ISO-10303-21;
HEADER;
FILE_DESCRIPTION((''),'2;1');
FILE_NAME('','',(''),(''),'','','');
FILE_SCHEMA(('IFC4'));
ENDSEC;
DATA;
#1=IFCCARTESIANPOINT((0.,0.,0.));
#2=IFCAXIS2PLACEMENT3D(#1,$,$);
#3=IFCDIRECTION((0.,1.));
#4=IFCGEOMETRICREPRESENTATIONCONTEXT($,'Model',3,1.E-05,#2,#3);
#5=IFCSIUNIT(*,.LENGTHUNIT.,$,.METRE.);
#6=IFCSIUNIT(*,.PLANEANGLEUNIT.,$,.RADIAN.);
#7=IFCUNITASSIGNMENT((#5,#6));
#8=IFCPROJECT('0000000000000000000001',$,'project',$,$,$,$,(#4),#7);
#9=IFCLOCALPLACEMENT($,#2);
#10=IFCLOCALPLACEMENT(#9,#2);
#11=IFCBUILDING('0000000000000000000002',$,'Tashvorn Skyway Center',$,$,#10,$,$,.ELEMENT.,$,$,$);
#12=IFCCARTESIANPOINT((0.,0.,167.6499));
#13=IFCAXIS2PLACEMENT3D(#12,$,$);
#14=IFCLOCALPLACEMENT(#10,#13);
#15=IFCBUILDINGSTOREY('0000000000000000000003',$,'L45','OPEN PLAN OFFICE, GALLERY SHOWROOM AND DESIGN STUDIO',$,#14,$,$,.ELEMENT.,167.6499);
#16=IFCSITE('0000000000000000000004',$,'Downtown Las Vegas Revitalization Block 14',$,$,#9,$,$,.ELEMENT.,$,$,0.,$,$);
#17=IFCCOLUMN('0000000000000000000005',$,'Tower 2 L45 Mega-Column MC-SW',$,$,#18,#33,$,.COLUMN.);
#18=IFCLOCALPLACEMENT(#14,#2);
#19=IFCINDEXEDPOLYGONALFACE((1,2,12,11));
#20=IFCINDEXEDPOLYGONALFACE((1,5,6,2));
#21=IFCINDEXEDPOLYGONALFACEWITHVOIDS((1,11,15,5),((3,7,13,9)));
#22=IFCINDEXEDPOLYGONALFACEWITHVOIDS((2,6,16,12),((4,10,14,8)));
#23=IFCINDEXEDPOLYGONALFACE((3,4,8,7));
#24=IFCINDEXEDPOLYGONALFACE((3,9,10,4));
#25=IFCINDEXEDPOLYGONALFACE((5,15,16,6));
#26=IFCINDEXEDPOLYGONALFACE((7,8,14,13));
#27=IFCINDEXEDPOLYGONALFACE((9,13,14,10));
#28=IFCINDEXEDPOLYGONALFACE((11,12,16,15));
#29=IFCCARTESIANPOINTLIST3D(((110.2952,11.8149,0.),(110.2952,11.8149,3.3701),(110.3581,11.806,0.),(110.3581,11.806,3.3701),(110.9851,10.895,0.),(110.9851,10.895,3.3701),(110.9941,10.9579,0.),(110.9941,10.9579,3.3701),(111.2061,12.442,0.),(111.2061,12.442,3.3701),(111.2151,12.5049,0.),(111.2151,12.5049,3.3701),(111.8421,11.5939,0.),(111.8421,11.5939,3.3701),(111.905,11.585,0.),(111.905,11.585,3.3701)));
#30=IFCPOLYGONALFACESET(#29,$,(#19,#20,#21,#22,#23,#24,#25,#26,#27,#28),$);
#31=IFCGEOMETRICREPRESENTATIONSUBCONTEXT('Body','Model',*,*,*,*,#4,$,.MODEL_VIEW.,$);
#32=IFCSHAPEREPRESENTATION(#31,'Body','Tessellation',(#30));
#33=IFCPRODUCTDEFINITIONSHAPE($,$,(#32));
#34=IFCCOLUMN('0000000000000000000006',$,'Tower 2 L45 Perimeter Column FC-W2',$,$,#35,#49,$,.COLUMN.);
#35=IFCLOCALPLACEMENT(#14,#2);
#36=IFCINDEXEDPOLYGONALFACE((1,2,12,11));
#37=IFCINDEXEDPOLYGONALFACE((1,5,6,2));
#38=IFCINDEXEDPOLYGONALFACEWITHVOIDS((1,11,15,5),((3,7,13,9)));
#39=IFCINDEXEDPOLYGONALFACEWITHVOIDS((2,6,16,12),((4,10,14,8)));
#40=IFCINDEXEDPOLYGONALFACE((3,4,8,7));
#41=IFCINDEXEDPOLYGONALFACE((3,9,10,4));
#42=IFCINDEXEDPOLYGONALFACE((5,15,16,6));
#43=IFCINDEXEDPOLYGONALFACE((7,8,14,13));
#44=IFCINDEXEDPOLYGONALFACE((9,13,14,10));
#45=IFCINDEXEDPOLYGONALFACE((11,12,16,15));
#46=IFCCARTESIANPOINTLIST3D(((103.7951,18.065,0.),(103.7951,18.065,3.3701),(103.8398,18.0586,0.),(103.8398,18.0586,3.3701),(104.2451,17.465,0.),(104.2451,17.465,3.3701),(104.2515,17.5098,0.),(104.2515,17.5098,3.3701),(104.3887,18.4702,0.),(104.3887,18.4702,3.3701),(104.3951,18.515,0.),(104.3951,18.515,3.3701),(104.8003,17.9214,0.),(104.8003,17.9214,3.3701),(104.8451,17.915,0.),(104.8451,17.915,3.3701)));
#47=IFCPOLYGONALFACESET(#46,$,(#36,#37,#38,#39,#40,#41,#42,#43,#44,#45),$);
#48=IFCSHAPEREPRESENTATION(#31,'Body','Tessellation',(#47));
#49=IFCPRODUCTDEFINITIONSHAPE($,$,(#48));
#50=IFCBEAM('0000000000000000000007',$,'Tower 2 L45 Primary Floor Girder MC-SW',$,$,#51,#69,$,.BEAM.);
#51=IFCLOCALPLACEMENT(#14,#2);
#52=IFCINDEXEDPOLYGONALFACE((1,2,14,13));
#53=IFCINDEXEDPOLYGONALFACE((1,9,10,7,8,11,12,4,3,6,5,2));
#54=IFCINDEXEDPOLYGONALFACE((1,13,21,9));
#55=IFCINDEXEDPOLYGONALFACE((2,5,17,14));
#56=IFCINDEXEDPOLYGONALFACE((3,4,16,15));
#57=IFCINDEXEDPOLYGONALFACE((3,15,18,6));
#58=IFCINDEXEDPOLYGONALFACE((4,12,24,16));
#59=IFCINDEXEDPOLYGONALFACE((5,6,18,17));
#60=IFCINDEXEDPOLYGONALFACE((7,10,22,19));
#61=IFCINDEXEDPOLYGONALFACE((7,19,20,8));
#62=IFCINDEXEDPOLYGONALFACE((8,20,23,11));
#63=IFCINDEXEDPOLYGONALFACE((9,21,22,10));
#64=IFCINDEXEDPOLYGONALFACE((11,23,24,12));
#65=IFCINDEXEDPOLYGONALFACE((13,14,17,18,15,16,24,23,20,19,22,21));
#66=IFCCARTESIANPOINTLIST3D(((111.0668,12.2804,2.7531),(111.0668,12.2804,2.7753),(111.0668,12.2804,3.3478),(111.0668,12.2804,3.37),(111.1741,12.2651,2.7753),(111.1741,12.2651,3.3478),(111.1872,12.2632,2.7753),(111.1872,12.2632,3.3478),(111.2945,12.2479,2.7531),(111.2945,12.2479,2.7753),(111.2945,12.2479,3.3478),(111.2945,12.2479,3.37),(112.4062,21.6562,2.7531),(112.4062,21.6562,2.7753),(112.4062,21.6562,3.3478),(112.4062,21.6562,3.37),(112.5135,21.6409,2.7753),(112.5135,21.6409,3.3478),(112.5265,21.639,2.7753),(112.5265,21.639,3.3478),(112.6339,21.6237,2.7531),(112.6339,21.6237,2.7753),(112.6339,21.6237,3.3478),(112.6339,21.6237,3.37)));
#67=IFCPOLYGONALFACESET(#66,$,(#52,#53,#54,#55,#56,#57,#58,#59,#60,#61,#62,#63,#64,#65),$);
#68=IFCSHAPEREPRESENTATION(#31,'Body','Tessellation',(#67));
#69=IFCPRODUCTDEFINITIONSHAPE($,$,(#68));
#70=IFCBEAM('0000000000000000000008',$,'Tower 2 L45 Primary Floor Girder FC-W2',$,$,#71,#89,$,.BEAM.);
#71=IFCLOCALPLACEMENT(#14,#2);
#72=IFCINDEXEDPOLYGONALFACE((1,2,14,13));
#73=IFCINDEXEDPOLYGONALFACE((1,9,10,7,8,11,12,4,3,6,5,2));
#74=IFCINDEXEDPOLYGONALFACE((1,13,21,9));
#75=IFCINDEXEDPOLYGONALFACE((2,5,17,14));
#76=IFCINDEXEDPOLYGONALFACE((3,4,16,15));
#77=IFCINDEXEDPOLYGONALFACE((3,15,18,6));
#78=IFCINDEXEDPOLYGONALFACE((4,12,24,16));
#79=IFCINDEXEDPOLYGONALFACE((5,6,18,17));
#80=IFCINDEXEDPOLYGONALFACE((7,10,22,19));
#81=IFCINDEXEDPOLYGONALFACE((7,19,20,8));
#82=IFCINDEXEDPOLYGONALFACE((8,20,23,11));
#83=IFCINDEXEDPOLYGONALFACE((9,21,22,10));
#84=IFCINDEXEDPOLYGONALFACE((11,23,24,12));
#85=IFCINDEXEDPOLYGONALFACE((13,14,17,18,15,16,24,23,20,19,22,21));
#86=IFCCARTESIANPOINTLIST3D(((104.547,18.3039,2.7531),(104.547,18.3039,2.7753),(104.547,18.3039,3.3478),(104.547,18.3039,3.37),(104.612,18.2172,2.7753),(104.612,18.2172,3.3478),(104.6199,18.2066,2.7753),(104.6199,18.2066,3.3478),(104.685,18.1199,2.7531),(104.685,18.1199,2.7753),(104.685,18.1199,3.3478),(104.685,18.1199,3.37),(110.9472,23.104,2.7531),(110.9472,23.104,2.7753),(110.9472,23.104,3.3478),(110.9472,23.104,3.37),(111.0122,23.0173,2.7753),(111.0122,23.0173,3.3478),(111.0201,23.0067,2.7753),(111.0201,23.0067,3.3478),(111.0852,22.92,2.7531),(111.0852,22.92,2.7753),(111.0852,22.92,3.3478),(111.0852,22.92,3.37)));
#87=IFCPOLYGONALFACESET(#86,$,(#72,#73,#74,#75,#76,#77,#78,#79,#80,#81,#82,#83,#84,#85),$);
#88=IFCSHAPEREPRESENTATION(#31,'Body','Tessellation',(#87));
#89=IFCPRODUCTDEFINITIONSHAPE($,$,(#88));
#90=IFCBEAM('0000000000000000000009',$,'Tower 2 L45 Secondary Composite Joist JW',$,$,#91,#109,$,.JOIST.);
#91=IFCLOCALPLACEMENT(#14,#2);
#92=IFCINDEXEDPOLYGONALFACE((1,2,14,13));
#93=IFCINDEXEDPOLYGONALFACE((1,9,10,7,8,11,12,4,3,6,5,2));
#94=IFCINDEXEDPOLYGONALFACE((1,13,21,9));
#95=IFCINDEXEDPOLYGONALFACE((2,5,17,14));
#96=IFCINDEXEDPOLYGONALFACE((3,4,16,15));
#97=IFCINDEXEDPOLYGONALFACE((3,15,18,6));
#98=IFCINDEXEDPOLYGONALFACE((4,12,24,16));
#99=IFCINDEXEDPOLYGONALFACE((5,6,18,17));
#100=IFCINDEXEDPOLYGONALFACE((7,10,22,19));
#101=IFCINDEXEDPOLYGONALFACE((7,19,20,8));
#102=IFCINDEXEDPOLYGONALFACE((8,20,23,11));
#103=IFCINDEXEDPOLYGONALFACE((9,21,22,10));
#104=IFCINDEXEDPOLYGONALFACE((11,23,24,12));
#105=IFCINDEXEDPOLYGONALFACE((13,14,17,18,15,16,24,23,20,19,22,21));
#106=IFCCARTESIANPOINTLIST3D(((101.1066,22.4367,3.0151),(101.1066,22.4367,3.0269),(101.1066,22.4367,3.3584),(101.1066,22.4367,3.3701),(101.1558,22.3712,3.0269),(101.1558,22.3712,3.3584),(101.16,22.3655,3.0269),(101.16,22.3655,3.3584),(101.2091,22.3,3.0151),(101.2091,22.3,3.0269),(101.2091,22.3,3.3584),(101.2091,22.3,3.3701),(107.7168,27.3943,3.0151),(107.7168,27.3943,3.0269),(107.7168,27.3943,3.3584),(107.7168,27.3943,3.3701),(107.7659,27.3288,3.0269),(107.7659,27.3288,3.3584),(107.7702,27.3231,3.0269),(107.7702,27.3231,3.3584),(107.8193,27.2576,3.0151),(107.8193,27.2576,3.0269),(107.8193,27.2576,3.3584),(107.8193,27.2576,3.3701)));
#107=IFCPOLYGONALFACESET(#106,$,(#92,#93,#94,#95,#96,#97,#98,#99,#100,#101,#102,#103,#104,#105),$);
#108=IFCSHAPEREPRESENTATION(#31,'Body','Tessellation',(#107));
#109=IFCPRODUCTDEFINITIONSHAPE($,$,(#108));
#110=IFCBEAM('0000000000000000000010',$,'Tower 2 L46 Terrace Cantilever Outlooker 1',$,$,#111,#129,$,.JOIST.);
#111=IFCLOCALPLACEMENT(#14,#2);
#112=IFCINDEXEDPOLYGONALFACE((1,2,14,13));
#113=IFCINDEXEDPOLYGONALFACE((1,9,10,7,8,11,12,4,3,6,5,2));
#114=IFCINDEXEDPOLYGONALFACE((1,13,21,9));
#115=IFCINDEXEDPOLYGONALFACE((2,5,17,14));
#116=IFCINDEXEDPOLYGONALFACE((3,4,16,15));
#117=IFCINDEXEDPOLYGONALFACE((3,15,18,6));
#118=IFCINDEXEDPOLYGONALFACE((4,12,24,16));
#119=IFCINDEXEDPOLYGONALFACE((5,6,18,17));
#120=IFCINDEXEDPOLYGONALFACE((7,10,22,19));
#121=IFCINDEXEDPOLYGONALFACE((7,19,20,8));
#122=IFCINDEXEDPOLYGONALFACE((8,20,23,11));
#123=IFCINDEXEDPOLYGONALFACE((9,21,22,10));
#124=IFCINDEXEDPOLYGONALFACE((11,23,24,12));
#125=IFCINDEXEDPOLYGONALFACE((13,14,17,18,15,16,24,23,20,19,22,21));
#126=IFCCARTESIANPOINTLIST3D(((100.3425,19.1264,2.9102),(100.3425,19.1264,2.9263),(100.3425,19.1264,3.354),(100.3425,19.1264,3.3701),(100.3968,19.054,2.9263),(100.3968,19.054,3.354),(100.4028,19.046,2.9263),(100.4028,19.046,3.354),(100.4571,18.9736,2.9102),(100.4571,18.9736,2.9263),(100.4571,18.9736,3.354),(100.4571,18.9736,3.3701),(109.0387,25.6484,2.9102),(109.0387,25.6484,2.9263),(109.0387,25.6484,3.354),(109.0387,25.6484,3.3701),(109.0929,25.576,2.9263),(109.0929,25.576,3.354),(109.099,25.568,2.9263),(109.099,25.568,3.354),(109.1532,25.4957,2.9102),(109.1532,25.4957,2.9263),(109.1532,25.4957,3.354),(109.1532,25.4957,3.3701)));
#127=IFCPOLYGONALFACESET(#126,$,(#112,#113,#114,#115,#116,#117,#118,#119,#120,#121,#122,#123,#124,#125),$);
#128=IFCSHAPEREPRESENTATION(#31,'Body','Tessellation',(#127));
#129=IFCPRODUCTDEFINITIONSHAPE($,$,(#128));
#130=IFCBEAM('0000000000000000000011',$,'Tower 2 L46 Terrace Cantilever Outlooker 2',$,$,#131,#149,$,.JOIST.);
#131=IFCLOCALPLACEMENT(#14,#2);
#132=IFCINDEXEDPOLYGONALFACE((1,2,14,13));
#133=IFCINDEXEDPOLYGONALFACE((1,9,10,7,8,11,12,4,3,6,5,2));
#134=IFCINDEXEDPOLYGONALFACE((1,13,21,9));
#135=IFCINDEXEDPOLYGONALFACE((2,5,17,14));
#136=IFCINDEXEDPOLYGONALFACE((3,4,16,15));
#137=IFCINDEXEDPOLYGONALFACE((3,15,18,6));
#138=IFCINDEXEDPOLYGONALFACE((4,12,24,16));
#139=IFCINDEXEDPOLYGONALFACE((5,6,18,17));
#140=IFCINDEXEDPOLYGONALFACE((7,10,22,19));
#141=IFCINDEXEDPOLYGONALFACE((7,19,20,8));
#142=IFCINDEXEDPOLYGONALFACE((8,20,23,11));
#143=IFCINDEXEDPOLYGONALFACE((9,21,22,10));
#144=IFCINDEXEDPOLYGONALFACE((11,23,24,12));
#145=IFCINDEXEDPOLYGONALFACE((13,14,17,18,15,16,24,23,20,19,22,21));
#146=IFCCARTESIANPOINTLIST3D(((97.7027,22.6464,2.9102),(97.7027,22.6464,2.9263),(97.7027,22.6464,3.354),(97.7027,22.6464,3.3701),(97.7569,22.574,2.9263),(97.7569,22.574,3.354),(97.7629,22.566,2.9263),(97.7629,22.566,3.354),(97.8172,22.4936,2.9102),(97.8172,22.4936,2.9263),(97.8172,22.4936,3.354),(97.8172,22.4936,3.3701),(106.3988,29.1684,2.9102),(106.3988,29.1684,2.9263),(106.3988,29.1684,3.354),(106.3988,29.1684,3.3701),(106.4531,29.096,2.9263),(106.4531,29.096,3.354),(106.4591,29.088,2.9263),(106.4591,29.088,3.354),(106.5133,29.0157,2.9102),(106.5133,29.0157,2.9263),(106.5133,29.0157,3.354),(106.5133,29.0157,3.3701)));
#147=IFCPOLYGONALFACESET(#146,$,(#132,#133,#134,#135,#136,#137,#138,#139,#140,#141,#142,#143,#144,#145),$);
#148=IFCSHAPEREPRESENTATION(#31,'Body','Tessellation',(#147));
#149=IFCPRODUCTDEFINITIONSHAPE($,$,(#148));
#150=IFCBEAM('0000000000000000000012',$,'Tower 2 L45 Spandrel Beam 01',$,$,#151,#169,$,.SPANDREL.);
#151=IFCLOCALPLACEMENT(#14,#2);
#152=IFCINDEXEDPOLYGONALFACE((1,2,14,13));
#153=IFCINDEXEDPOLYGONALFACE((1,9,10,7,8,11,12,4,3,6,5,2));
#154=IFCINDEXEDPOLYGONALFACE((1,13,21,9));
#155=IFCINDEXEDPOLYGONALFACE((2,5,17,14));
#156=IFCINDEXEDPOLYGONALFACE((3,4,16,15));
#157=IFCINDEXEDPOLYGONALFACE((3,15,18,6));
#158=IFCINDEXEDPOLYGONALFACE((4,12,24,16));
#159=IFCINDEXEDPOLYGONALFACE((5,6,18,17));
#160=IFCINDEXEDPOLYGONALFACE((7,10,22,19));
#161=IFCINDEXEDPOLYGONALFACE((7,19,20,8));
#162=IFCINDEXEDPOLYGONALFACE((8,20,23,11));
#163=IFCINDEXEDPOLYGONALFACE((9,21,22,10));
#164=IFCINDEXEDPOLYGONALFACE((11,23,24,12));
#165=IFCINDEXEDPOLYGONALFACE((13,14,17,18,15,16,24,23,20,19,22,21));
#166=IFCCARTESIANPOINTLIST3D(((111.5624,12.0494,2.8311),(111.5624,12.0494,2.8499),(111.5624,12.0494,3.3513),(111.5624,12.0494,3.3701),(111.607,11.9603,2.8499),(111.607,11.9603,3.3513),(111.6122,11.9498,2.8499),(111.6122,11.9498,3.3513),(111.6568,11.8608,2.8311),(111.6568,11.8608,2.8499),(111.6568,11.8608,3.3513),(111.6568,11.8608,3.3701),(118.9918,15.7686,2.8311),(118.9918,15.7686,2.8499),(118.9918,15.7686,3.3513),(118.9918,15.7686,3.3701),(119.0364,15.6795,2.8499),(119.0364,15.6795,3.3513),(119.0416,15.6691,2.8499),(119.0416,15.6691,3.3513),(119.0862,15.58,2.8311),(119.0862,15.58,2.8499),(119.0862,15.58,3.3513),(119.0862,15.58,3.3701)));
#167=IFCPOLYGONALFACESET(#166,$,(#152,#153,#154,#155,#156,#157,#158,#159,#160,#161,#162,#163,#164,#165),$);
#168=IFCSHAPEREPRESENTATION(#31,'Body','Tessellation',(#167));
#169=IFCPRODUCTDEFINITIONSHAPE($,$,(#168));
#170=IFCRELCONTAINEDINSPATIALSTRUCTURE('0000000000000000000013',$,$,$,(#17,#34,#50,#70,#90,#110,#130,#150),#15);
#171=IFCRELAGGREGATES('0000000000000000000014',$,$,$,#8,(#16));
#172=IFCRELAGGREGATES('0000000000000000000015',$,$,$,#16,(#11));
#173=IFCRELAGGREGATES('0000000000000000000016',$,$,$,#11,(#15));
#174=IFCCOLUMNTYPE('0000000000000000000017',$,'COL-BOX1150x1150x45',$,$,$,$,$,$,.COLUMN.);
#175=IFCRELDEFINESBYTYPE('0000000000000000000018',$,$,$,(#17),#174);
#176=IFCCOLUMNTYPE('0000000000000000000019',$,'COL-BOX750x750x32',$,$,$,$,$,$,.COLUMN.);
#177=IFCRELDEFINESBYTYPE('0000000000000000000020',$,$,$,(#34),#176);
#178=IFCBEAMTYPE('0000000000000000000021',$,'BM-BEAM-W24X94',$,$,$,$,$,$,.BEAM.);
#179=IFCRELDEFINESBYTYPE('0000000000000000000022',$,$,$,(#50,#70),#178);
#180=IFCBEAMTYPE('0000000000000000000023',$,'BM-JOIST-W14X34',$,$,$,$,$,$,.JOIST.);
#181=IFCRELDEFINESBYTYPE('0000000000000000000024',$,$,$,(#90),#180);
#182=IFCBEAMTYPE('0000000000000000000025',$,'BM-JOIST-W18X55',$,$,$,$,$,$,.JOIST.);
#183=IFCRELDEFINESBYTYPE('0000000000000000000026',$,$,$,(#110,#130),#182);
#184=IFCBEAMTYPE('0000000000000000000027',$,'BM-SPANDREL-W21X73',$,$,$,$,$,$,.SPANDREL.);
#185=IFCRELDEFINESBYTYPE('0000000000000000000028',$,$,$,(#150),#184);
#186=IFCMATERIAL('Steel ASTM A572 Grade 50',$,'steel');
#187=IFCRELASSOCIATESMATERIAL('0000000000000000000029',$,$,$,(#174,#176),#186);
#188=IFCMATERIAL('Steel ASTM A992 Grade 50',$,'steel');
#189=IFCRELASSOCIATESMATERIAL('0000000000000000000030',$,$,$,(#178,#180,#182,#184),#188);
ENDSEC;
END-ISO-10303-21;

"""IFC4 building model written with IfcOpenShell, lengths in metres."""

from ifc_helpers import new_model, si_unit, direction, frame, origin, origin_2d, place, context, subcontext, project, spatial, hollow_rectangle, i_section, extrude, material, material_profile, profile_set, type_object, element, save


model = new_model("IFC4")

# Units and contexts
model_context = context("Model", 3, precision=1e-05, world=origin(), true_north=direction((0.0, 1.0)))
body_context = subcontext(model_context, "Body", "Model", "MODEL_VIEW")
ifc_project = project(units=[si_unit("LENGTHUNIT", "METRE"), si_unit("PLANEANGLEUNIT", "RADIAN")], contexts=[model_context])

# Site, building, storey
site_placement = place(None, origin())
site = spatial("IfcSite", under=ifc_project, at=site_placement, Name="Downtown Las Vegas Revitalization Block 14", CompositionType="ELEMENT", RefElevation=0.0)
building_placement = place(site_placement, origin())
building = spatial("IfcBuilding", under=site, at=building_placement, Name="Tashvorn Skyway Center", CompositionType="ELEMENT")
storey_placement = place(building_placement, frame((0.0, 0.0, 167.6499)))
storey = spatial("IfcBuildingStorey", under=building, at=storey_placement, Name="L45", Description="OPEN PLAN OFFICE, GALLERY SHOWROOM AND DESIGN STUDIO", CompositionType="ELEMENT", Elevation=167.6499)

# Columns
ifc_material_1 = material(Name="Steel ASTM A572 Grade 50", Category="steel")
ifc_material_profile_1 = material_profile(ifc_material_1, hollow_rectangle(XDim=1.1499, YDim=1.1499, WallThickness=0.0449, at=origin_2d()), Name="BOX1150x1150x45")
ifc_profile_set_1 = profile_set([ifc_material_profile_1], Name="Steel ASTM A572 Grade 50")
column_type_1 = type_object("IfcColumnType", Name="COL-BOX1150x1150x45", PredefinedType="COLUMN", material=ifc_profile_set_1)
column_1_placement = place(storey_placement, frame((111.1001, 11.7, 0.0), z_axis=(0.0, 0.0, 1.0), x_axis=(0.8, 0.6, 0.0)))
element("IfcColumn", 1, at=column_1_placement, inside=storey, type_object=column_type_1, Name="Tower 2 L45 Mega-Column MC-SW", PredefinedType="COLUMN", context=body_context, shape_type="SweptSolid", body=[
    extrude(hollow_rectangle(XDim=1.1499, YDim=1.1499, WallThickness=0.0449, at=origin_2d()), origin(), (0.0, 0.0, 1.0), 3.3701),
])
ifc_material_profile_2 = material_profile(ifc_material_1, hollow_rectangle(XDim=0.75, YDim=0.75, WallThickness=0.032, at=origin_2d()), Name="BOX750x750x32")
ifc_profile_set_2 = profile_set([ifc_material_profile_2], Name="Steel ASTM A572 Grade 50")
column_type_2 = type_object("IfcColumnType", Name="COL-BOX750x750x32", PredefinedType="COLUMN", material=ifc_profile_set_2)
column_2_placement = place(storey_placement, frame((104.3201, 17.99, 0.0), z_axis=(0.0, 0.0, 1.0), x_axis=(0.8, 0.6, 0.0)))
element("IfcColumn", 2, at=column_2_placement, inside=storey, type_object=column_type_2, Name="Tower 2 L45 Perimeter Column FC-W2", PredefinedType="COLUMN", context=body_context, shape_type="SweptSolid", body=[
    extrude(hollow_rectangle(XDim=0.75, YDim=0.75, WallThickness=0.032, at=origin_2d()), origin(), (0.0, 0.0, 1.0), 3.3701),
])

# Beams
ifc_material_2 = material(Name="Steel ASTM A992 Grade 50", Category="steel")
ifc_material_profile_3 = material_profile(ifc_material_2, i_section(OverallWidth=0.23, OverallDepth=0.6169, WebThickness=0.0132, FlangeThickness=0.0222, at=origin_2d()), Name="W24X94")
ifc_profile_set_3 = profile_set([ifc_material_profile_3], Name="Steel ASTM A992 Grade 50")
beam_type_1 = type_object("IfcBeamType", Name="BM-BEAM-W24X94", PredefinedType="BEAM", material=ifc_profile_set_3)
beam_1_placement = place(storey_placement, frame((111.1807, 12.2642, 3.0615), z_axis=(0.141418, 0.98995, 0.0), x_axis=(-0.98995, 0.141418, 0.0)))
element("IfcBeam", 3, at=beam_1_placement, inside=storey, type_object=beam_type_1, Name="Tower 2 L45 Primary Floor Girder MC-SW", PredefinedType="BEAM", context=body_context, shape_type="SweptSolid", body=[
    extrude(i_section(OverallWidth=0.23, OverallDepth=0.6169, WebThickness=0.0132, FlangeThickness=0.0222, at=origin_2d()), origin(), (0.0, 0.0, 1.0), 9.4709),
])
beam_2_placement = place(storey_placement, frame((104.616, 18.2119, 3.0615), z_axis=(0.800004, 0.599995, 0.0), x_axis=(-0.599995, 0.800004, 0.0)))
element("IfcBeam", 4, at=beam_2_placement, inside=storey, type_object=beam_type_1, Name="Tower 2 L45 Primary Floor Girder FC-W2", PredefinedType="BEAM", context=body_context, shape_type="SweptSolid", body=[
    extrude(i_section(OverallWidth=0.23, OverallDepth=0.6169, WebThickness=0.0132, FlangeThickness=0.0222, at=origin_2d()), origin(), (0.0, 0.0, 1.0), 8.0002),
])
ifc_material_profile_4 = material_profile(ifc_material_2, i_section(OverallWidth=0.1709, OverallDepth=0.355, WebThickness=0.0071, FlangeThickness=0.0117, at=origin_2d()), Name="W14X34")
ifc_profile_set_4 = profile_set([ifc_material_profile_4], Name="Steel ASTM A992 Grade 50")
beam_type_2 = type_object("IfcBeamType", Name="BM-JOIST-W14X34", PredefinedType="JOIST", material=ifc_profile_set_4)
beam_3_placement = place(storey_placement, frame((107.7681, 27.3259, 3.1926), z_axis=(-0.800004, -0.599995, 0.0), x_axis=(0.599995, -0.800004, 0.0)))
element("IfcBeam", 5, at=beam_3_placement, inside=storey, type_object=beam_type_2, Name="Tower 2 L45 Secondary Composite Joist JW", PredefinedType="JOIST", context=body_context, shape_type="SweptSolid", body=[
    extrude(i_section(OverallWidth=0.1709, OverallDepth=0.355, WebThickness=0.0071, FlangeThickness=0.0117, at=origin_2d()), origin(), (0.0, 0.0, 1.0), 8.2627),
])
ifc_material_profile_5 = material_profile(ifc_material_2, i_section(OverallWidth=0.1909, OverallDepth=0.46, WebThickness=0.01, FlangeThickness=0.0161, at=origin_2d()), Name="W18X55")
ifc_profile_set_5 = profile_set([ifc_material_profile_5], Name="Steel ASTM A992 Grade 50")
beam_type_3 = type_object("IfcBeamType", Name="BM-JOIST-W18X55", PredefinedType="JOIST", material=ifc_profile_set_5)
for number, where, z_axis, x_axis, name in (
    (6, (109.0959, 25.572, 3.1401), (-0.800003, -0.599996, 0.0), (0.599996, -0.800003, 0.0), "Tower 2 L46 Terrace Cantilever Outlooker 1"),
    (7, (106.4561, 29.092, 3.1401), (-0.800003, -0.599996, 0.0), (0.599996, -0.800003, 0.0), "Tower 2 L46 Terrace Cantilever Outlooker 2"),
):
    element("IfcBeam", number, at=place(storey_placement, frame(where, z_axis=z_axis, x_axis=x_axis)), inside=storey, type_object=beam_type_3, Name=name, PredefinedType="JOIST", context=body_context, shape_type="SweptSolid", body=[
        extrude(i_section(OverallWidth=0.1909, OverallDepth=0.46, WebThickness=0.01, FlangeThickness=0.0161, at=origin_2d()), origin(), (0.0, 0.0, 1.0), 10.8701),
    ])
ifc_material_profile_6 = material_profile(ifc_material_2, i_section(OverallWidth=0.2109, OverallDepth=0.5391, WebThickness=0.0117, FlangeThickness=0.0188, at=origin_2d()), Name="W21X73")
ifc_profile_set_6 = profile_set([ifc_material_profile_6], Name="Steel ASTM A992 Grade 50")
beam_type_4 = type_object("IfcBeamType", Name="BM-SPANDREL-W21X73", PredefinedType="SPANDREL", material=ifc_profile_set_6)
for number, where, z_axis, x_axis, name in (
    (8, (111.6096, 11.9551, 3.1006), (0.89421, 0.447648, 0.0), (-0.447648, 0.89421, 0.0), "Tower 2 L45 Spandrel Beam 01"),
):
    element("IfcBeam", number, at=place(storey_placement, frame(where, z_axis=z_axis, x_axis=x_axis)), inside=storey, type_object=beam_type_4, Name=name, PredefinedType="SPANDREL", context=body_context, shape_type="SweptSolid", body=[
        extrude(i_section(OverallWidth=0.2109, OverallDepth=0.5391, WebThickness=0.0117, FlangeThickness=0.0188, at=origin_2d()), origin(), (0.0, 0.0, 1.0), 8.3083),
    ])

save(model, "model.ifc")
